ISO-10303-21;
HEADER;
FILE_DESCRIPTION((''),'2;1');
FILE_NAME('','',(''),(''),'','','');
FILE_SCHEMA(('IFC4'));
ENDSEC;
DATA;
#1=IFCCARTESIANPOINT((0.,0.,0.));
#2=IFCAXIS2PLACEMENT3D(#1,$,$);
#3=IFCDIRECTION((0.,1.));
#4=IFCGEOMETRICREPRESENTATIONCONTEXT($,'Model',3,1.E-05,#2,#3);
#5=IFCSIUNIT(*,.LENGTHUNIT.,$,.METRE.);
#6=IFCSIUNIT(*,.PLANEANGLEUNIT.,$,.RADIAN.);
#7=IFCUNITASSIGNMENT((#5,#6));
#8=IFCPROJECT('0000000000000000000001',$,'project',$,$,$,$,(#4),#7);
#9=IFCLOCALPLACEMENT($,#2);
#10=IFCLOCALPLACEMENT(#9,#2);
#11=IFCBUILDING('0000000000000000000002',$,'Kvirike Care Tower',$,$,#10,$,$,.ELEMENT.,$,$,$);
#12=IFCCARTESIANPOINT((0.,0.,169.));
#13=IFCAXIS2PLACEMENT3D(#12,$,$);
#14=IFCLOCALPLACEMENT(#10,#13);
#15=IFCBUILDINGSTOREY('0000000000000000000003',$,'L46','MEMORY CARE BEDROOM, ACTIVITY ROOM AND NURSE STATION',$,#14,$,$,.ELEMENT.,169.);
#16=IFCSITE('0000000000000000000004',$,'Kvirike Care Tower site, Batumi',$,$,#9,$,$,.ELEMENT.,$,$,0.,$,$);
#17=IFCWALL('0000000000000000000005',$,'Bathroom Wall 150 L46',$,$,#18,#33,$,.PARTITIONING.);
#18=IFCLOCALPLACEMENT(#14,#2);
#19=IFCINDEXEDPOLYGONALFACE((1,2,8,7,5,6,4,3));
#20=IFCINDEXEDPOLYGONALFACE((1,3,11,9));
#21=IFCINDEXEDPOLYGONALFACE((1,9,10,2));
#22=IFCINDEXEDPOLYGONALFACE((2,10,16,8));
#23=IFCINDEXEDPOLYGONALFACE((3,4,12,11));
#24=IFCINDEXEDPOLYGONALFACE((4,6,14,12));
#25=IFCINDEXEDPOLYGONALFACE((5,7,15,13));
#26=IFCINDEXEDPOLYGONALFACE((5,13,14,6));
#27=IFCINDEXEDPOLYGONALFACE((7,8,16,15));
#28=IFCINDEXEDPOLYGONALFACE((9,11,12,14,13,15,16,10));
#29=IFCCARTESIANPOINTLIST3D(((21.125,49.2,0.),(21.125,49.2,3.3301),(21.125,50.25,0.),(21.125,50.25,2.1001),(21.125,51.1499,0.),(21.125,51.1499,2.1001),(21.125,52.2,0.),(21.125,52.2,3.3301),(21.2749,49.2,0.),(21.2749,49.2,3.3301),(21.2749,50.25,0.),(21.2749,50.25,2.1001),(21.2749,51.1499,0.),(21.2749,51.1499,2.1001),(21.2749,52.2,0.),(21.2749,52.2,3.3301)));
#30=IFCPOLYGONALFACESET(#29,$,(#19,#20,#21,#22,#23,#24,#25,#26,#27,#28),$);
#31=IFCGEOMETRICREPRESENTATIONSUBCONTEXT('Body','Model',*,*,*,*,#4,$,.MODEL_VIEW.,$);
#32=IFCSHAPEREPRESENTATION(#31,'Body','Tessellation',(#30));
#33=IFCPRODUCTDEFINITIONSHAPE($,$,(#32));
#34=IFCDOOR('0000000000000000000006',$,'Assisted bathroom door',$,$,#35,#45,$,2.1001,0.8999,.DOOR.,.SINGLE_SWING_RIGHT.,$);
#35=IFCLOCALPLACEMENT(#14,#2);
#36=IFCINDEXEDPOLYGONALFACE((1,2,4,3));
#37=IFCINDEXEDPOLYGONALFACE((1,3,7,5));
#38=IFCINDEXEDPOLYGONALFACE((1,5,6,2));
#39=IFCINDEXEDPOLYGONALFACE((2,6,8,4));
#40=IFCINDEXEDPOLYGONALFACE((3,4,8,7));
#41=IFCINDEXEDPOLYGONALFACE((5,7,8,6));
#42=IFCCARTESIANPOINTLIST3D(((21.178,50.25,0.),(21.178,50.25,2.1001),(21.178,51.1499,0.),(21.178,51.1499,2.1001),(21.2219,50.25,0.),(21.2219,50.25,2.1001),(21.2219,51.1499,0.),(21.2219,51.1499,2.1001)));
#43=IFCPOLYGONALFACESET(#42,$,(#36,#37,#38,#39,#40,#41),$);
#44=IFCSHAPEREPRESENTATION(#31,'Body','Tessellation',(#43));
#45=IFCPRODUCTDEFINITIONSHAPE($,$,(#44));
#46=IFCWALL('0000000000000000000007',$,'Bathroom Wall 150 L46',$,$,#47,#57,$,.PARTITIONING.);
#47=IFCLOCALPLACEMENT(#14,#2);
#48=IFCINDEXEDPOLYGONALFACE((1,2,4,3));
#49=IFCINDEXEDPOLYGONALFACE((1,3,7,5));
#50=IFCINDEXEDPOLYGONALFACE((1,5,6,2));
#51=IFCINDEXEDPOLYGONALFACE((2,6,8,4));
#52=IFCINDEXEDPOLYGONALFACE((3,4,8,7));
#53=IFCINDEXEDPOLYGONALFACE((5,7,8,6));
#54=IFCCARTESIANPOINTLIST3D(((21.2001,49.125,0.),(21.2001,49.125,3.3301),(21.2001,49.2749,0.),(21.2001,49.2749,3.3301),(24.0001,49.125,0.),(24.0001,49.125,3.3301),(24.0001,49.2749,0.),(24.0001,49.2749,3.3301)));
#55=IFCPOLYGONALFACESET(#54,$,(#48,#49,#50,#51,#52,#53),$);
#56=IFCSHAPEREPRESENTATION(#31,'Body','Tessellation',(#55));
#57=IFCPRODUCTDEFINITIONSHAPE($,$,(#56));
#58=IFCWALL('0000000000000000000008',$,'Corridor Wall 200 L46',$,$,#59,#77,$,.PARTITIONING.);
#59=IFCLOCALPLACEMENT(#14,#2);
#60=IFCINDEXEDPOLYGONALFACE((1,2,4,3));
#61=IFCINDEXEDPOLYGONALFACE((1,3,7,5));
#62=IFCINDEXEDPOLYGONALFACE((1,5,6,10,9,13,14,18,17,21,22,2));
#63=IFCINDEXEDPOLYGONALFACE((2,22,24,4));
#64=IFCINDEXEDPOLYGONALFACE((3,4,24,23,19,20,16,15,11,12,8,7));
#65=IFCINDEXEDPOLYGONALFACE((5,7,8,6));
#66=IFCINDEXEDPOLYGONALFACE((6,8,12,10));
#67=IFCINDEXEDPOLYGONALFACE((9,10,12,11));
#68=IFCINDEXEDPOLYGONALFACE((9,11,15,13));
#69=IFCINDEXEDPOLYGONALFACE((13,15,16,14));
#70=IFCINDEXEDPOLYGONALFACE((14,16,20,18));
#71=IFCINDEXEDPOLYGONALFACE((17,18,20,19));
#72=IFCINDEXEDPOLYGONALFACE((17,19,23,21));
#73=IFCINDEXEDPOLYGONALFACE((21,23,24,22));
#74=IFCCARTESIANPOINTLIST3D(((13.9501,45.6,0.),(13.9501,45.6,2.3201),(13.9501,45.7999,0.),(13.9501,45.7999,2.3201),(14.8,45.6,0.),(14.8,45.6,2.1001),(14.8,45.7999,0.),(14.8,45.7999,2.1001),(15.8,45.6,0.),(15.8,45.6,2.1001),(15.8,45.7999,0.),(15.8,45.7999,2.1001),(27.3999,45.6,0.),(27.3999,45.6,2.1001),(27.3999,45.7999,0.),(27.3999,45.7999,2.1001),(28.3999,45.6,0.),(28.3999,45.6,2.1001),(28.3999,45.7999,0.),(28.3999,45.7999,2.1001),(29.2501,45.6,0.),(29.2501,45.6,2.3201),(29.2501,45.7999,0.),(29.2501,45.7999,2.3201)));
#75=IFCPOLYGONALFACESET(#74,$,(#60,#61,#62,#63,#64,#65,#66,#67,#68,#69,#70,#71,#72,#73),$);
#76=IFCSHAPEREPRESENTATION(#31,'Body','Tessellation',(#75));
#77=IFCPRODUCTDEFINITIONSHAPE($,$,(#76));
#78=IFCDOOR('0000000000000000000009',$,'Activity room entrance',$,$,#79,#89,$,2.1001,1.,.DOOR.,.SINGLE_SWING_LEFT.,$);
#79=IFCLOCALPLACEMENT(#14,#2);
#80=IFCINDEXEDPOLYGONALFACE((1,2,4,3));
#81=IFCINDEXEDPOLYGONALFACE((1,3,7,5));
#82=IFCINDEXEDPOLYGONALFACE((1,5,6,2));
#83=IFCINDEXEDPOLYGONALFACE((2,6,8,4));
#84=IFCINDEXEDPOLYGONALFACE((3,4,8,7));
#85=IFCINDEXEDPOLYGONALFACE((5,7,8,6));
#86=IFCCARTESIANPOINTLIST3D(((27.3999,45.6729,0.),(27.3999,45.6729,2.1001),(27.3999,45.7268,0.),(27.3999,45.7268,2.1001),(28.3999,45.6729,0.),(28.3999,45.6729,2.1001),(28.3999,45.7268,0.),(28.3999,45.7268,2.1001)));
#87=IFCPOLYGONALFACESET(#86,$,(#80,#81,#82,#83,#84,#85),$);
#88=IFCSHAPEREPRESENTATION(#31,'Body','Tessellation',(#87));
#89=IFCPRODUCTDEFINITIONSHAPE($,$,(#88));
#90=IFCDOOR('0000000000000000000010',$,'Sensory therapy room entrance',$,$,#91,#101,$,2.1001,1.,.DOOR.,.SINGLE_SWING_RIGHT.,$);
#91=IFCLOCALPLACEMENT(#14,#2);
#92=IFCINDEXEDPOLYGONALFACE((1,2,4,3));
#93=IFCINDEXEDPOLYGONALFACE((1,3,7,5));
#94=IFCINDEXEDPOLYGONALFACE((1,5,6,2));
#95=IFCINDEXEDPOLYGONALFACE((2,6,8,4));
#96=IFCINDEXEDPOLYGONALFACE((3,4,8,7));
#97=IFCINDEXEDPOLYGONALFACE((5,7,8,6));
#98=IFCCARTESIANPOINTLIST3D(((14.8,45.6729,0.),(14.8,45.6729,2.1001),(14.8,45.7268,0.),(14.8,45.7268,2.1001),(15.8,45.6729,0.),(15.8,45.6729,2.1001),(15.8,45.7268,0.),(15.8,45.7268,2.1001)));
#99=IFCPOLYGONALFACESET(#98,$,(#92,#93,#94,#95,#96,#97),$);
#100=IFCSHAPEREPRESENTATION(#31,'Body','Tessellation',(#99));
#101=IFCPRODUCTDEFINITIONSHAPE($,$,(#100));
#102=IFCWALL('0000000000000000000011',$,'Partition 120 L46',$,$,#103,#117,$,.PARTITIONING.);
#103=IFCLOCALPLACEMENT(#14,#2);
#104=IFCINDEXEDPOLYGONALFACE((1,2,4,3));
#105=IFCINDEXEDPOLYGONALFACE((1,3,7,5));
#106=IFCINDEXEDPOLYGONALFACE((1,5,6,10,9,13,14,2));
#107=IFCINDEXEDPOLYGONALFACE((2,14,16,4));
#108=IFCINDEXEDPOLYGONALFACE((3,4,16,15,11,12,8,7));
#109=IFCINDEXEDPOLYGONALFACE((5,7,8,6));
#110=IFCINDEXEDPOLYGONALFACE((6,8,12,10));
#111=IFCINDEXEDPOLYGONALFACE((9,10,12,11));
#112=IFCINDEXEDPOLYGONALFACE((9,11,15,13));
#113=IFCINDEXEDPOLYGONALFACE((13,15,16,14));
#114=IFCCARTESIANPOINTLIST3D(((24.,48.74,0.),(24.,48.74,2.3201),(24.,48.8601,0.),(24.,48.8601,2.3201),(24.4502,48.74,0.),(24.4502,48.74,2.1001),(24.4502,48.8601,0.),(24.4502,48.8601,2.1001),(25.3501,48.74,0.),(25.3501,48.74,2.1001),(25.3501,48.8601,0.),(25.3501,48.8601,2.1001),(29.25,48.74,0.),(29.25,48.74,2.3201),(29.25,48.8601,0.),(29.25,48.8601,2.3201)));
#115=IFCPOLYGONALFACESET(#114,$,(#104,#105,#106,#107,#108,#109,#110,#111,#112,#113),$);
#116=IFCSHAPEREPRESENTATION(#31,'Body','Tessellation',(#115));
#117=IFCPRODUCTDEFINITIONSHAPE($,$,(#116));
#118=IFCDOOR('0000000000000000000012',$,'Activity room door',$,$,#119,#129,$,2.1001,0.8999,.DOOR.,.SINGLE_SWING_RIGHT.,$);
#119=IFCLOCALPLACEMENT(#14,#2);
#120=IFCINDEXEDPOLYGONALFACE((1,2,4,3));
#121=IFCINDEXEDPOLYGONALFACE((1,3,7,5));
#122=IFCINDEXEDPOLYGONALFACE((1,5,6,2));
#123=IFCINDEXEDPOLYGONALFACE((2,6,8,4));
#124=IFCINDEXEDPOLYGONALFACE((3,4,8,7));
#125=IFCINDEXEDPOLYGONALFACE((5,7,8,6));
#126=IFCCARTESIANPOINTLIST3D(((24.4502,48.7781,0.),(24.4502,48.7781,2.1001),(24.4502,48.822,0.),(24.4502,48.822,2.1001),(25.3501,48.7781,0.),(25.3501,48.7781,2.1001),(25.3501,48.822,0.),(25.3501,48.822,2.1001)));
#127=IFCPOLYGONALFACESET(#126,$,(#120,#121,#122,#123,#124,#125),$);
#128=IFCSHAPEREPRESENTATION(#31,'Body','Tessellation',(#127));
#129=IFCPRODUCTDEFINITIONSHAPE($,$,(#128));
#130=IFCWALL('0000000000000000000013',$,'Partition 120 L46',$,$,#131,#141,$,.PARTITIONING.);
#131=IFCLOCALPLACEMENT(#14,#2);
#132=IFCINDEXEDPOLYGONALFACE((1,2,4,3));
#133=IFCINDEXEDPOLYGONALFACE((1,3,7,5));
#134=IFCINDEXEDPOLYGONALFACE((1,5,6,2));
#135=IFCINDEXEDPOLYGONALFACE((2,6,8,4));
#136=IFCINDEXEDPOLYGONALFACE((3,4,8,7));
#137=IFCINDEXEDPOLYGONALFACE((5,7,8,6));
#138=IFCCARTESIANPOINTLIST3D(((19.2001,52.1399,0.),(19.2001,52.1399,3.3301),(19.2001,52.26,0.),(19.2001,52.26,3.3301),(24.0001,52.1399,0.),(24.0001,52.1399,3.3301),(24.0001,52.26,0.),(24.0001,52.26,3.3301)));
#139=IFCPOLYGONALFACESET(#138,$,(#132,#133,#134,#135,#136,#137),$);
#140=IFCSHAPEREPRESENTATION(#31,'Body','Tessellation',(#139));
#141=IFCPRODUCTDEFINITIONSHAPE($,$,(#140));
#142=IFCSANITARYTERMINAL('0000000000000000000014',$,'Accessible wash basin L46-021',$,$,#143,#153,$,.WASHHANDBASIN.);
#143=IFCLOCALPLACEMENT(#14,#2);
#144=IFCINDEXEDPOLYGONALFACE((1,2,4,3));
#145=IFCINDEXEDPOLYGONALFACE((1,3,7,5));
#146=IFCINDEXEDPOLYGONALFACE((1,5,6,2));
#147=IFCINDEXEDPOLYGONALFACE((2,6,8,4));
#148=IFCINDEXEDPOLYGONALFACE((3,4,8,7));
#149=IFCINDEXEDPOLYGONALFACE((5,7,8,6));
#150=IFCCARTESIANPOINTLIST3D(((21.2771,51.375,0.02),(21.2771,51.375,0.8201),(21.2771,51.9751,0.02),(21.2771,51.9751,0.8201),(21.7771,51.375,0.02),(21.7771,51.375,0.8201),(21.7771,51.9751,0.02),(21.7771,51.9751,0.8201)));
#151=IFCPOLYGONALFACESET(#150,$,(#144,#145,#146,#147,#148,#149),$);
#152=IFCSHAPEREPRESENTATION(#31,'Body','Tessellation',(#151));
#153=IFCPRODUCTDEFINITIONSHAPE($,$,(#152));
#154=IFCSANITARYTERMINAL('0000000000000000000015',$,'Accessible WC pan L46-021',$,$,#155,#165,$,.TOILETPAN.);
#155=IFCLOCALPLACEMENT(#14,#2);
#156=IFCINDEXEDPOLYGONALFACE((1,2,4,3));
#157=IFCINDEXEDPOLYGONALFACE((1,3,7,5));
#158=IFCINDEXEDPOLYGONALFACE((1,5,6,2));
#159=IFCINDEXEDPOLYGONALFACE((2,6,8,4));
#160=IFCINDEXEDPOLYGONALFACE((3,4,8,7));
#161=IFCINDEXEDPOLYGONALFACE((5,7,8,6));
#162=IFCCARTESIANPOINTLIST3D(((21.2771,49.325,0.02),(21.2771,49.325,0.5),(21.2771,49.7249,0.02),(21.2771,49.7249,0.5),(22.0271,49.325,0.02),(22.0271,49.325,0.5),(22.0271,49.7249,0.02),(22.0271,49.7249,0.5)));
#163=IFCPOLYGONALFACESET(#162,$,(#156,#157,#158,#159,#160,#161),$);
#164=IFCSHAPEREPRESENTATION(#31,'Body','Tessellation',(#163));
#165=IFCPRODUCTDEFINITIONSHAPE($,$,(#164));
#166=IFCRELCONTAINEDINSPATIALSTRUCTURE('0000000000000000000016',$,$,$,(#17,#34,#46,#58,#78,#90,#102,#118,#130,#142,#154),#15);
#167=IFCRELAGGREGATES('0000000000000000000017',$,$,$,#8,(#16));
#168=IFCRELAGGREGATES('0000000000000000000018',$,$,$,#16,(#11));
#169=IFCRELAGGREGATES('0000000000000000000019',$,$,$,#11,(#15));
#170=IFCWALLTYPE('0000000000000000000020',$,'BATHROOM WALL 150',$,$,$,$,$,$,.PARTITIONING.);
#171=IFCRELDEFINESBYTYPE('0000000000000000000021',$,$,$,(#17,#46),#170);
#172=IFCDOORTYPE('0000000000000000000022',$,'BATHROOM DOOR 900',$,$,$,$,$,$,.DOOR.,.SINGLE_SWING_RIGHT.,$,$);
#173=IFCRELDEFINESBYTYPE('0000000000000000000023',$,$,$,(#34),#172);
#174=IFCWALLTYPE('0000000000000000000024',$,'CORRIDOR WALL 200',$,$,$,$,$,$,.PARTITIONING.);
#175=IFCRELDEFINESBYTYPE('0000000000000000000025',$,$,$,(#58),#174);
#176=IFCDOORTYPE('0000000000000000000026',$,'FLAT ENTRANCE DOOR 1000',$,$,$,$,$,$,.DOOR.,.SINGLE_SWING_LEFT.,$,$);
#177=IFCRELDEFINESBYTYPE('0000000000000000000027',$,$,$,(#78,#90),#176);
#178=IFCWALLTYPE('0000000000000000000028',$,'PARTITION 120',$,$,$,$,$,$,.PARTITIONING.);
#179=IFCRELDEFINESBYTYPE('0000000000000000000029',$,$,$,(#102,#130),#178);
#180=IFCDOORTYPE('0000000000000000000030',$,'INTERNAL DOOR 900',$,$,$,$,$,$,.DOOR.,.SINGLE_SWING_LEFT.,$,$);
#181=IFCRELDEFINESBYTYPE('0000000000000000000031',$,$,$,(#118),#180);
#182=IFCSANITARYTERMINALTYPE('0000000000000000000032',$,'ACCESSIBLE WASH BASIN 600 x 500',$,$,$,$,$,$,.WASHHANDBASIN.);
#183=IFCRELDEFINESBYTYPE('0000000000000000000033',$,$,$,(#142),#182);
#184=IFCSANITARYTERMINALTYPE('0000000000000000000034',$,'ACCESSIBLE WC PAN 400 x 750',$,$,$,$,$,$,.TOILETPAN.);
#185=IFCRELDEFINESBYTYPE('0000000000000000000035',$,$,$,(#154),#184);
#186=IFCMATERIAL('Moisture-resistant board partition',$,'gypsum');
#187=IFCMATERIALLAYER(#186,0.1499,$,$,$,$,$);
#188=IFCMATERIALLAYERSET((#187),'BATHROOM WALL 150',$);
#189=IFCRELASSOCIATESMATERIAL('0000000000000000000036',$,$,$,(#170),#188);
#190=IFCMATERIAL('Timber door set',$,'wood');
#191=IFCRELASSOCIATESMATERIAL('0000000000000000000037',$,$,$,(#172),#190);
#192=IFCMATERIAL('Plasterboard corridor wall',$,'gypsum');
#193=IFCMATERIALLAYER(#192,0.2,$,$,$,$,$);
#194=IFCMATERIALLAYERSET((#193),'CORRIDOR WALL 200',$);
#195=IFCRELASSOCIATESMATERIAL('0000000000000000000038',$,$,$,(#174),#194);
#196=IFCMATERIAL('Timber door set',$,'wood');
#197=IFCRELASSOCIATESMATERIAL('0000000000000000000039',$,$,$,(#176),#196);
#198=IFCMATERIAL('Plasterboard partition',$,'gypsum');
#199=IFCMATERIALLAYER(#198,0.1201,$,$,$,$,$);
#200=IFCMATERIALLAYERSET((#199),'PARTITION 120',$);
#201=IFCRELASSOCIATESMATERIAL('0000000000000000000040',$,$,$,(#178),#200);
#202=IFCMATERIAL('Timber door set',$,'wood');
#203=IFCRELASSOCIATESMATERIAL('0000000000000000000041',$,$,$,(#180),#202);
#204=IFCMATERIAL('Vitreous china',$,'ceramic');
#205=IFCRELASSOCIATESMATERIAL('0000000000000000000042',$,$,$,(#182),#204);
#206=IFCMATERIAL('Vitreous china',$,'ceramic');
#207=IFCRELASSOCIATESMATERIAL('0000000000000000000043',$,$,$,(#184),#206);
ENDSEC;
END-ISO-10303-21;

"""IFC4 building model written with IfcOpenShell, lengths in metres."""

from ifc_helpers import new_model, si_unit, direction, frame, frame_2d, origin, origin_2d, place, context, subcontext, project, spatial, rectangle, extrude, material, layer, layer_set, type_object, element, fill, save


model = new_model("IFC4")

# Units and contexts
model_context = context("Model", 3, precision=1e-05, world=origin(), true_north=direction((0.0, 1.0)))
body_context = subcontext(model_context, "Body", "Model", "MODEL_VIEW")
ifc_project = project(units=[si_unit("LENGTHUNIT", "METRE"), si_unit("PLANEANGLEUNIT", "RADIAN")], contexts=[model_context])

# Site, building, storey
site_placement = place(None, origin())
site = spatial("IfcSite", under=ifc_project, at=site_placement, Name="Kvirike Care Tower site, Batumi", CompositionType="ELEMENT", RefElevation=0.0)
building_placement = place(site_placement, origin())
building = spatial("IfcBuilding", under=site, at=building_placement, Name="Kvirike Care Tower", CompositionType="ELEMENT")
storey_placement = place(building_placement, frame((0.0, 0.0, 169.0)))
storey = spatial("IfcBuildingStorey", under=building, at=storey_placement, Name="L46", Description="MEMORY CARE BEDROOM, ACTIVITY ROOM AND NURSE STATION", CompositionType="ELEMENT", Elevation=169.0)

# Wall, opening, door
ifc_material_1 = material(Name="Moisture-resistant board partition", Category="gypsum")
ifc_layer_1 = layer(ifc_material_1, 0.1499)
ifc_layer_set_1 = layer_set([ifc_layer_1], Name="BATHROOM WALL 150")
wall_type_1 = type_object("IfcWallType", Name="BATHROOM WALL 150", PredefinedType="PARTITIONING", material=ifc_layer_set_1)
wall_1_placement = place(storey_placement, frame((21.2, 52.2, 0.0), z_axis=(0.0, 0.0, 1.0), x_axis=(0.0, -1.0, 0.0)))
wall_1 = element("IfcWall", 1, at=wall_1_placement, inside=storey, type_object=wall_type_1, Name="Bathroom Wall 150 L46", PredefinedType="PARTITIONING", context=body_context, shape_type="SweptSolid", body=[
    extrude(rectangle(XDim=3.0, YDim=0.1499, at=frame_2d((1.5, 0.0))), origin(), (0.0, 0.0, 1.0), 3.3301),
])
opening_1_placement = place(wall_1_placement, frame((1.05, 0.0, 0.0)))
opening_1 = element("IfcOpeningElement", 2, at=opening_1_placement, cuts=wall_1, PredefinedType="OPENING", context=body_context, shape_type="SweptSolid", body=[
    extrude(rectangle(XDim=0.8999, YDim=2.1001, at=frame_2d((0.45, 1.05))), frame((0.0, 0.0854, 0.0), z_axis=(0.0, -1.0, 0.0), x_axis=(1.0, 0.0, 0.0)), (0.0, 0.0, 1.0), 0.1709),
])
ifc_material_2 = material(Name="Timber door set", Category="wood")
door_type_1 = type_object("IfcDoorType", Name="BATHROOM DOOR 900", OperationType="SINGLE_SWING_RIGHT", PredefinedType="DOOR", material=ifc_material_2)
door_1_placement = place(opening_1_placement, origin())
door_1 = element("IfcDoor", 3, at=door_1_placement, inside=storey, type_object=door_type_1, Name="Assisted bathroom door", OperationType="SINGLE_SWING_RIGHT", OverallHeight=2.1001, OverallWidth=0.8999, PredefinedType="DOOR", context=body_context, shape_type="SweptSolid", body=[
    extrude(rectangle(XDim=0.8999, YDim=2.1001, at=frame_2d((0.45, 1.05))), frame((0.0, 0.022, 0.0), z_axis=(0.0, -1.0, 0.0), x_axis=(1.0, 0.0, 0.0)), (0.0, 0.0, 1.0), 0.0439),
])
fill(opening_1, door_1)

# Wall
wall_2_placement = place(storey_placement, frame((24.0, 49.2, 0.0), z_axis=(0.0, 0.0, 1.0), x_axis=(-1.0, 0.0, 0.0)))
element("IfcWall", 4, at=wall_2_placement, inside=storey, type_object=wall_type_1, Name="Bathroom Wall 150 L46", PredefinedType="PARTITIONING", context=body_context, shape_type="SweptSolid", body=[
    extrude(rectangle(XDim=2.8, YDim=0.1499, at=frame_2d((1.3999, 0.0))), origin(), (0.0, 0.0, 1.0), 3.3301),
])

# Wall, openings, doors
ifc_material_3 = material(Name="Plasterboard corridor wall", Category="gypsum")
ifc_layer_2 = layer(ifc_material_3, 0.2)
ifc_layer_set_2 = layer_set([ifc_layer_2], Name="CORRIDOR WALL 200")
wall_type_2 = type_object("IfcWallType", Name="CORRIDOR WALL 200", PredefinedType="PARTITIONING", material=ifc_layer_set_2)
wall_3_placement = place(storey_placement, frame((29.25, 45.7, 0.0), z_axis=(0.0, 0.0, 1.0), x_axis=(-1.0, 0.0, 0.0)))
wall_3 = element("IfcWall", 5, at=wall_3_placement, inside=storey, type_object=wall_type_2, Name="Corridor Wall 200 L46", PredefinedType="PARTITIONING", context=body_context, shape_type="SweptSolid", body=[
    extrude(rectangle(XDim=15.3, YDim=0.2, at=frame_2d((7.6499, 0.0))), origin(), (0.0, 0.0, 1.0), 2.3201),
])
opening_2_placement = place(wall_3_placement, frame((0.8501, 0.0, 0.0)))
opening_2 = element("IfcOpeningElement", 6, at=opening_2_placement, cuts=wall_3, PredefinedType="OPENING", context=body_context, shape_type="SweptSolid", body=[
    extrude(rectangle(XDim=1.0, YDim=2.1001, at=frame_2d((0.5, 1.05))), frame((0.0, 0.1106, 0.0), z_axis=(0.0, -1.0, 0.0), x_axis=(1.0, 0.0, 0.0)), (0.0, 0.0, 1.0), 0.2209),
])
opening_3_placement = place(wall_3_placement, frame((13.45, 0.0, 0.0)))
opening_3 = element("IfcOpeningElement", 7, at=opening_3_placement, cuts=wall_3, PredefinedType="OPENING", context=body_context, shape_type="SweptSolid", body=[
    extrude(rectangle(XDim=1.0, YDim=2.1001, at=frame_2d((0.5, 1.05))), frame((0.0, 0.1106, 0.0), z_axis=(0.0, -1.0, 0.0), x_axis=(1.0, 0.0, 0.0)), (0.0, 0.0, 1.0), 0.2209),
])
ifc_material_4 = material(Name="Timber door set", Category="wood")
door_type_2 = type_object("IfcDoorType", Name="FLAT ENTRANCE DOOR 1000", OperationType="SINGLE_SWING_LEFT", PredefinedType="DOOR", material=ifc_material_4)
door_2_placement = place(opening_2_placement, frame((1.0, 0.0, 0.0), z_axis=(0.0, 0.0, 1.0), x_axis=(-1.0, 0.0, 0.0)))
door_2 = element("IfcDoor", 8, at=door_2_placement, inside=storey, type_object=door_type_2, Name="Activity room entrance", OperationType="SINGLE_SWING_LEFT", OverallHeight=2.1001, OverallWidth=1.0, PredefinedType="DOOR", context=body_context, shape_type="SweptSolid", body=[
    extrude(rectangle(XDim=1.0, YDim=2.1001, at=frame_2d((0.5, 1.05))), frame((0.0, 0.0269, 0.0), z_axis=(0.0, -1.0, 0.0), x_axis=(1.0, 0.0, 0.0)), (0.0, 0.0, 1.0), 0.054),
])
fill(opening_2, door_2)
door_3_placement = place(opening_3_placement, frame((1.0, 0.0, 0.0), z_axis=(0.0, 0.0, 1.0), x_axis=(-1.0, 0.0, 0.0)))
door_3 = element("IfcDoor", 9, at=door_3_placement, inside=storey, type_object=door_type_2, Name="Sensory therapy room entrance", OperationType="SINGLE_SWING_RIGHT", OverallHeight=2.1001, OverallWidth=1.0, PredefinedType="DOOR", context=body_context, shape_type="SweptSolid", body=[
    extrude(rectangle(XDim=1.0, YDim=2.1001, at=frame_2d((0.5, 1.05))), frame((0.0, 0.0269, 0.0), z_axis=(0.0, -1.0, 0.0), x_axis=(1.0, 0.0, 0.0)), (0.0, 0.0, 1.0), 0.054),
])
fill(opening_3, door_3)

# Wall, opening, door
ifc_material_5 = material(Name="Plasterboard partition", Category="gypsum")
ifc_layer_3 = layer(ifc_material_5, 0.1201)
ifc_layer_set_3 = layer_set([ifc_layer_3], Name="PARTITION 120")
wall_type_3 = type_object("IfcWallType", Name="PARTITION 120", PredefinedType="PARTITIONING", material=ifc_layer_set_3)
wall_4_placement = place(storey_placement, frame((29.25, 48.8, 0.0), z_axis=(0.0, 0.0, 1.0), x_axis=(-1.0, 0.0, 0.0)))
wall_4 = element("IfcWall", 10, at=wall_4_placement, inside=storey, type_object=wall_type_3, Name="Partition 120 L46", PredefinedType="PARTITIONING", context=body_context, shape_type="SweptSolid", body=[
    extrude(rectangle(XDim=5.25, YDim=0.1201, at=frame_2d((2.625, 0.0))), origin(), (0.0, 0.0, 1.0), 2.3201),
])
opening_4_placement = place(wall_4_placement, frame((3.8999, 0.0, 0.0)))
opening_4 = element("IfcOpeningElement", 11, at=opening_4_placement, cuts=wall_4, PredefinedType="OPENING", context=body_context, shape_type="SweptSolid", body=[
    extrude(rectangle(XDim=0.8999, YDim=2.1001, at=frame_2d((0.45, 1.05))), frame((0.0, 0.0706, 0.0), z_axis=(0.0, -1.0, 0.0), x_axis=(1.0, 0.0, 0.0)), (0.0, 0.0, 1.0), 0.1411),
])
ifc_material_6 = material(Name="Timber door set", Category="wood")
door_type_3 = type_object("IfcDoorType", Name="INTERNAL DOOR 900", OperationType="SINGLE_SWING_LEFT", PredefinedType="DOOR", material=ifc_material_6)
door_4_placement = place(opening_4_placement, origin())
door_4 = element("IfcDoor", 12, at=door_4_placement, inside=storey, type_object=door_type_3, Name="Activity room door", OperationType="SINGLE_SWING_RIGHT", OverallHeight=2.1001, OverallWidth=0.8999, PredefinedType="DOOR", context=body_context, shape_type="SweptSolid", body=[
    extrude(rectangle(XDim=0.8999, YDim=2.1001, at=frame_2d((0.45, 1.05))), frame((0.0, 0.022, 0.0), z_axis=(0.0, -1.0, 0.0), x_axis=(1.0, 0.0, 0.0)), (0.0, 0.0, 1.0), 0.0439),
])
fill(opening_4, door_4)

# Wall
wall_5_placement = place(storey_placement, frame((24.0, 52.2, 0.0), z_axis=(0.0, 0.0, 1.0), x_axis=(-1.0, 0.0, 0.0)))
element("IfcWall", 13, at=wall_5_placement, inside=storey, type_object=wall_type_3, Name="Partition 120 L46", PredefinedType="PARTITIONING", context=body_context, shape_type="SweptSolid", body=[
    extrude(rectangle(XDim=4.8, YDim=0.1201, at=frame_2d((2.3999, 0.0))), origin(), (0.0, 0.0, 1.0), 3.3301),
])

# Sanitary terminals
ifc_material_7 = material(Name="Vitreous china", Category="ceramic")
sanitary_terminal_type_1 = type_object("IfcSanitaryTerminalType", Name="ACCESSIBLE WASH BASIN 600 x 500", PredefinedType="WASHHANDBASIN", material=ifc_material_7)
sanitary_terminal_1_placement = place(storey_placement, frame((21.5271, 51.675, 0.02), z_axis=(0.0, 0.0, 1.0), x_axis=(0.0, 1.0, 0.0)))
element("IfcSanitaryTerminal", 14, at=sanitary_terminal_1_placement, inside=storey, type_object=sanitary_terminal_type_1, Name="Accessible wash basin L46-021", PredefinedType="WASHHANDBASIN", context=body_context, shape_type="SweptSolid", body=[
    extrude(rectangle(XDim=0.6001, YDim=0.5, at=origin_2d()), origin(), (0.0, 0.0, 1.0), 0.8),
])
ifc_material_8 = material(Name="Vitreous china", Category="ceramic")
sanitary_terminal_type_2 = type_object("IfcSanitaryTerminalType", Name="ACCESSIBLE WC PAN 400 x 750", PredefinedType="TOILETPAN", material=ifc_material_8)
sanitary_terminal_2_placement = place(storey_placement, frame((21.6521, 49.5249, 0.02), z_axis=(0.0, 0.0, 1.0), x_axis=(0.0, 1.0, 0.0)))
element("IfcSanitaryTerminal", 15, at=sanitary_terminal_2_placement, inside=storey, type_object=sanitary_terminal_type_2, Name="Accessible WC pan L46-021", PredefinedType="TOILETPAN", context=body_context, shape_type="SweptSolid", body=[
    extrude(rectangle(XDim=0.3999, YDim=0.75, at=origin_2d()), origin(), (0.0, 0.0, 1.0), 0.48),
])

save(model, "model.ifc")
